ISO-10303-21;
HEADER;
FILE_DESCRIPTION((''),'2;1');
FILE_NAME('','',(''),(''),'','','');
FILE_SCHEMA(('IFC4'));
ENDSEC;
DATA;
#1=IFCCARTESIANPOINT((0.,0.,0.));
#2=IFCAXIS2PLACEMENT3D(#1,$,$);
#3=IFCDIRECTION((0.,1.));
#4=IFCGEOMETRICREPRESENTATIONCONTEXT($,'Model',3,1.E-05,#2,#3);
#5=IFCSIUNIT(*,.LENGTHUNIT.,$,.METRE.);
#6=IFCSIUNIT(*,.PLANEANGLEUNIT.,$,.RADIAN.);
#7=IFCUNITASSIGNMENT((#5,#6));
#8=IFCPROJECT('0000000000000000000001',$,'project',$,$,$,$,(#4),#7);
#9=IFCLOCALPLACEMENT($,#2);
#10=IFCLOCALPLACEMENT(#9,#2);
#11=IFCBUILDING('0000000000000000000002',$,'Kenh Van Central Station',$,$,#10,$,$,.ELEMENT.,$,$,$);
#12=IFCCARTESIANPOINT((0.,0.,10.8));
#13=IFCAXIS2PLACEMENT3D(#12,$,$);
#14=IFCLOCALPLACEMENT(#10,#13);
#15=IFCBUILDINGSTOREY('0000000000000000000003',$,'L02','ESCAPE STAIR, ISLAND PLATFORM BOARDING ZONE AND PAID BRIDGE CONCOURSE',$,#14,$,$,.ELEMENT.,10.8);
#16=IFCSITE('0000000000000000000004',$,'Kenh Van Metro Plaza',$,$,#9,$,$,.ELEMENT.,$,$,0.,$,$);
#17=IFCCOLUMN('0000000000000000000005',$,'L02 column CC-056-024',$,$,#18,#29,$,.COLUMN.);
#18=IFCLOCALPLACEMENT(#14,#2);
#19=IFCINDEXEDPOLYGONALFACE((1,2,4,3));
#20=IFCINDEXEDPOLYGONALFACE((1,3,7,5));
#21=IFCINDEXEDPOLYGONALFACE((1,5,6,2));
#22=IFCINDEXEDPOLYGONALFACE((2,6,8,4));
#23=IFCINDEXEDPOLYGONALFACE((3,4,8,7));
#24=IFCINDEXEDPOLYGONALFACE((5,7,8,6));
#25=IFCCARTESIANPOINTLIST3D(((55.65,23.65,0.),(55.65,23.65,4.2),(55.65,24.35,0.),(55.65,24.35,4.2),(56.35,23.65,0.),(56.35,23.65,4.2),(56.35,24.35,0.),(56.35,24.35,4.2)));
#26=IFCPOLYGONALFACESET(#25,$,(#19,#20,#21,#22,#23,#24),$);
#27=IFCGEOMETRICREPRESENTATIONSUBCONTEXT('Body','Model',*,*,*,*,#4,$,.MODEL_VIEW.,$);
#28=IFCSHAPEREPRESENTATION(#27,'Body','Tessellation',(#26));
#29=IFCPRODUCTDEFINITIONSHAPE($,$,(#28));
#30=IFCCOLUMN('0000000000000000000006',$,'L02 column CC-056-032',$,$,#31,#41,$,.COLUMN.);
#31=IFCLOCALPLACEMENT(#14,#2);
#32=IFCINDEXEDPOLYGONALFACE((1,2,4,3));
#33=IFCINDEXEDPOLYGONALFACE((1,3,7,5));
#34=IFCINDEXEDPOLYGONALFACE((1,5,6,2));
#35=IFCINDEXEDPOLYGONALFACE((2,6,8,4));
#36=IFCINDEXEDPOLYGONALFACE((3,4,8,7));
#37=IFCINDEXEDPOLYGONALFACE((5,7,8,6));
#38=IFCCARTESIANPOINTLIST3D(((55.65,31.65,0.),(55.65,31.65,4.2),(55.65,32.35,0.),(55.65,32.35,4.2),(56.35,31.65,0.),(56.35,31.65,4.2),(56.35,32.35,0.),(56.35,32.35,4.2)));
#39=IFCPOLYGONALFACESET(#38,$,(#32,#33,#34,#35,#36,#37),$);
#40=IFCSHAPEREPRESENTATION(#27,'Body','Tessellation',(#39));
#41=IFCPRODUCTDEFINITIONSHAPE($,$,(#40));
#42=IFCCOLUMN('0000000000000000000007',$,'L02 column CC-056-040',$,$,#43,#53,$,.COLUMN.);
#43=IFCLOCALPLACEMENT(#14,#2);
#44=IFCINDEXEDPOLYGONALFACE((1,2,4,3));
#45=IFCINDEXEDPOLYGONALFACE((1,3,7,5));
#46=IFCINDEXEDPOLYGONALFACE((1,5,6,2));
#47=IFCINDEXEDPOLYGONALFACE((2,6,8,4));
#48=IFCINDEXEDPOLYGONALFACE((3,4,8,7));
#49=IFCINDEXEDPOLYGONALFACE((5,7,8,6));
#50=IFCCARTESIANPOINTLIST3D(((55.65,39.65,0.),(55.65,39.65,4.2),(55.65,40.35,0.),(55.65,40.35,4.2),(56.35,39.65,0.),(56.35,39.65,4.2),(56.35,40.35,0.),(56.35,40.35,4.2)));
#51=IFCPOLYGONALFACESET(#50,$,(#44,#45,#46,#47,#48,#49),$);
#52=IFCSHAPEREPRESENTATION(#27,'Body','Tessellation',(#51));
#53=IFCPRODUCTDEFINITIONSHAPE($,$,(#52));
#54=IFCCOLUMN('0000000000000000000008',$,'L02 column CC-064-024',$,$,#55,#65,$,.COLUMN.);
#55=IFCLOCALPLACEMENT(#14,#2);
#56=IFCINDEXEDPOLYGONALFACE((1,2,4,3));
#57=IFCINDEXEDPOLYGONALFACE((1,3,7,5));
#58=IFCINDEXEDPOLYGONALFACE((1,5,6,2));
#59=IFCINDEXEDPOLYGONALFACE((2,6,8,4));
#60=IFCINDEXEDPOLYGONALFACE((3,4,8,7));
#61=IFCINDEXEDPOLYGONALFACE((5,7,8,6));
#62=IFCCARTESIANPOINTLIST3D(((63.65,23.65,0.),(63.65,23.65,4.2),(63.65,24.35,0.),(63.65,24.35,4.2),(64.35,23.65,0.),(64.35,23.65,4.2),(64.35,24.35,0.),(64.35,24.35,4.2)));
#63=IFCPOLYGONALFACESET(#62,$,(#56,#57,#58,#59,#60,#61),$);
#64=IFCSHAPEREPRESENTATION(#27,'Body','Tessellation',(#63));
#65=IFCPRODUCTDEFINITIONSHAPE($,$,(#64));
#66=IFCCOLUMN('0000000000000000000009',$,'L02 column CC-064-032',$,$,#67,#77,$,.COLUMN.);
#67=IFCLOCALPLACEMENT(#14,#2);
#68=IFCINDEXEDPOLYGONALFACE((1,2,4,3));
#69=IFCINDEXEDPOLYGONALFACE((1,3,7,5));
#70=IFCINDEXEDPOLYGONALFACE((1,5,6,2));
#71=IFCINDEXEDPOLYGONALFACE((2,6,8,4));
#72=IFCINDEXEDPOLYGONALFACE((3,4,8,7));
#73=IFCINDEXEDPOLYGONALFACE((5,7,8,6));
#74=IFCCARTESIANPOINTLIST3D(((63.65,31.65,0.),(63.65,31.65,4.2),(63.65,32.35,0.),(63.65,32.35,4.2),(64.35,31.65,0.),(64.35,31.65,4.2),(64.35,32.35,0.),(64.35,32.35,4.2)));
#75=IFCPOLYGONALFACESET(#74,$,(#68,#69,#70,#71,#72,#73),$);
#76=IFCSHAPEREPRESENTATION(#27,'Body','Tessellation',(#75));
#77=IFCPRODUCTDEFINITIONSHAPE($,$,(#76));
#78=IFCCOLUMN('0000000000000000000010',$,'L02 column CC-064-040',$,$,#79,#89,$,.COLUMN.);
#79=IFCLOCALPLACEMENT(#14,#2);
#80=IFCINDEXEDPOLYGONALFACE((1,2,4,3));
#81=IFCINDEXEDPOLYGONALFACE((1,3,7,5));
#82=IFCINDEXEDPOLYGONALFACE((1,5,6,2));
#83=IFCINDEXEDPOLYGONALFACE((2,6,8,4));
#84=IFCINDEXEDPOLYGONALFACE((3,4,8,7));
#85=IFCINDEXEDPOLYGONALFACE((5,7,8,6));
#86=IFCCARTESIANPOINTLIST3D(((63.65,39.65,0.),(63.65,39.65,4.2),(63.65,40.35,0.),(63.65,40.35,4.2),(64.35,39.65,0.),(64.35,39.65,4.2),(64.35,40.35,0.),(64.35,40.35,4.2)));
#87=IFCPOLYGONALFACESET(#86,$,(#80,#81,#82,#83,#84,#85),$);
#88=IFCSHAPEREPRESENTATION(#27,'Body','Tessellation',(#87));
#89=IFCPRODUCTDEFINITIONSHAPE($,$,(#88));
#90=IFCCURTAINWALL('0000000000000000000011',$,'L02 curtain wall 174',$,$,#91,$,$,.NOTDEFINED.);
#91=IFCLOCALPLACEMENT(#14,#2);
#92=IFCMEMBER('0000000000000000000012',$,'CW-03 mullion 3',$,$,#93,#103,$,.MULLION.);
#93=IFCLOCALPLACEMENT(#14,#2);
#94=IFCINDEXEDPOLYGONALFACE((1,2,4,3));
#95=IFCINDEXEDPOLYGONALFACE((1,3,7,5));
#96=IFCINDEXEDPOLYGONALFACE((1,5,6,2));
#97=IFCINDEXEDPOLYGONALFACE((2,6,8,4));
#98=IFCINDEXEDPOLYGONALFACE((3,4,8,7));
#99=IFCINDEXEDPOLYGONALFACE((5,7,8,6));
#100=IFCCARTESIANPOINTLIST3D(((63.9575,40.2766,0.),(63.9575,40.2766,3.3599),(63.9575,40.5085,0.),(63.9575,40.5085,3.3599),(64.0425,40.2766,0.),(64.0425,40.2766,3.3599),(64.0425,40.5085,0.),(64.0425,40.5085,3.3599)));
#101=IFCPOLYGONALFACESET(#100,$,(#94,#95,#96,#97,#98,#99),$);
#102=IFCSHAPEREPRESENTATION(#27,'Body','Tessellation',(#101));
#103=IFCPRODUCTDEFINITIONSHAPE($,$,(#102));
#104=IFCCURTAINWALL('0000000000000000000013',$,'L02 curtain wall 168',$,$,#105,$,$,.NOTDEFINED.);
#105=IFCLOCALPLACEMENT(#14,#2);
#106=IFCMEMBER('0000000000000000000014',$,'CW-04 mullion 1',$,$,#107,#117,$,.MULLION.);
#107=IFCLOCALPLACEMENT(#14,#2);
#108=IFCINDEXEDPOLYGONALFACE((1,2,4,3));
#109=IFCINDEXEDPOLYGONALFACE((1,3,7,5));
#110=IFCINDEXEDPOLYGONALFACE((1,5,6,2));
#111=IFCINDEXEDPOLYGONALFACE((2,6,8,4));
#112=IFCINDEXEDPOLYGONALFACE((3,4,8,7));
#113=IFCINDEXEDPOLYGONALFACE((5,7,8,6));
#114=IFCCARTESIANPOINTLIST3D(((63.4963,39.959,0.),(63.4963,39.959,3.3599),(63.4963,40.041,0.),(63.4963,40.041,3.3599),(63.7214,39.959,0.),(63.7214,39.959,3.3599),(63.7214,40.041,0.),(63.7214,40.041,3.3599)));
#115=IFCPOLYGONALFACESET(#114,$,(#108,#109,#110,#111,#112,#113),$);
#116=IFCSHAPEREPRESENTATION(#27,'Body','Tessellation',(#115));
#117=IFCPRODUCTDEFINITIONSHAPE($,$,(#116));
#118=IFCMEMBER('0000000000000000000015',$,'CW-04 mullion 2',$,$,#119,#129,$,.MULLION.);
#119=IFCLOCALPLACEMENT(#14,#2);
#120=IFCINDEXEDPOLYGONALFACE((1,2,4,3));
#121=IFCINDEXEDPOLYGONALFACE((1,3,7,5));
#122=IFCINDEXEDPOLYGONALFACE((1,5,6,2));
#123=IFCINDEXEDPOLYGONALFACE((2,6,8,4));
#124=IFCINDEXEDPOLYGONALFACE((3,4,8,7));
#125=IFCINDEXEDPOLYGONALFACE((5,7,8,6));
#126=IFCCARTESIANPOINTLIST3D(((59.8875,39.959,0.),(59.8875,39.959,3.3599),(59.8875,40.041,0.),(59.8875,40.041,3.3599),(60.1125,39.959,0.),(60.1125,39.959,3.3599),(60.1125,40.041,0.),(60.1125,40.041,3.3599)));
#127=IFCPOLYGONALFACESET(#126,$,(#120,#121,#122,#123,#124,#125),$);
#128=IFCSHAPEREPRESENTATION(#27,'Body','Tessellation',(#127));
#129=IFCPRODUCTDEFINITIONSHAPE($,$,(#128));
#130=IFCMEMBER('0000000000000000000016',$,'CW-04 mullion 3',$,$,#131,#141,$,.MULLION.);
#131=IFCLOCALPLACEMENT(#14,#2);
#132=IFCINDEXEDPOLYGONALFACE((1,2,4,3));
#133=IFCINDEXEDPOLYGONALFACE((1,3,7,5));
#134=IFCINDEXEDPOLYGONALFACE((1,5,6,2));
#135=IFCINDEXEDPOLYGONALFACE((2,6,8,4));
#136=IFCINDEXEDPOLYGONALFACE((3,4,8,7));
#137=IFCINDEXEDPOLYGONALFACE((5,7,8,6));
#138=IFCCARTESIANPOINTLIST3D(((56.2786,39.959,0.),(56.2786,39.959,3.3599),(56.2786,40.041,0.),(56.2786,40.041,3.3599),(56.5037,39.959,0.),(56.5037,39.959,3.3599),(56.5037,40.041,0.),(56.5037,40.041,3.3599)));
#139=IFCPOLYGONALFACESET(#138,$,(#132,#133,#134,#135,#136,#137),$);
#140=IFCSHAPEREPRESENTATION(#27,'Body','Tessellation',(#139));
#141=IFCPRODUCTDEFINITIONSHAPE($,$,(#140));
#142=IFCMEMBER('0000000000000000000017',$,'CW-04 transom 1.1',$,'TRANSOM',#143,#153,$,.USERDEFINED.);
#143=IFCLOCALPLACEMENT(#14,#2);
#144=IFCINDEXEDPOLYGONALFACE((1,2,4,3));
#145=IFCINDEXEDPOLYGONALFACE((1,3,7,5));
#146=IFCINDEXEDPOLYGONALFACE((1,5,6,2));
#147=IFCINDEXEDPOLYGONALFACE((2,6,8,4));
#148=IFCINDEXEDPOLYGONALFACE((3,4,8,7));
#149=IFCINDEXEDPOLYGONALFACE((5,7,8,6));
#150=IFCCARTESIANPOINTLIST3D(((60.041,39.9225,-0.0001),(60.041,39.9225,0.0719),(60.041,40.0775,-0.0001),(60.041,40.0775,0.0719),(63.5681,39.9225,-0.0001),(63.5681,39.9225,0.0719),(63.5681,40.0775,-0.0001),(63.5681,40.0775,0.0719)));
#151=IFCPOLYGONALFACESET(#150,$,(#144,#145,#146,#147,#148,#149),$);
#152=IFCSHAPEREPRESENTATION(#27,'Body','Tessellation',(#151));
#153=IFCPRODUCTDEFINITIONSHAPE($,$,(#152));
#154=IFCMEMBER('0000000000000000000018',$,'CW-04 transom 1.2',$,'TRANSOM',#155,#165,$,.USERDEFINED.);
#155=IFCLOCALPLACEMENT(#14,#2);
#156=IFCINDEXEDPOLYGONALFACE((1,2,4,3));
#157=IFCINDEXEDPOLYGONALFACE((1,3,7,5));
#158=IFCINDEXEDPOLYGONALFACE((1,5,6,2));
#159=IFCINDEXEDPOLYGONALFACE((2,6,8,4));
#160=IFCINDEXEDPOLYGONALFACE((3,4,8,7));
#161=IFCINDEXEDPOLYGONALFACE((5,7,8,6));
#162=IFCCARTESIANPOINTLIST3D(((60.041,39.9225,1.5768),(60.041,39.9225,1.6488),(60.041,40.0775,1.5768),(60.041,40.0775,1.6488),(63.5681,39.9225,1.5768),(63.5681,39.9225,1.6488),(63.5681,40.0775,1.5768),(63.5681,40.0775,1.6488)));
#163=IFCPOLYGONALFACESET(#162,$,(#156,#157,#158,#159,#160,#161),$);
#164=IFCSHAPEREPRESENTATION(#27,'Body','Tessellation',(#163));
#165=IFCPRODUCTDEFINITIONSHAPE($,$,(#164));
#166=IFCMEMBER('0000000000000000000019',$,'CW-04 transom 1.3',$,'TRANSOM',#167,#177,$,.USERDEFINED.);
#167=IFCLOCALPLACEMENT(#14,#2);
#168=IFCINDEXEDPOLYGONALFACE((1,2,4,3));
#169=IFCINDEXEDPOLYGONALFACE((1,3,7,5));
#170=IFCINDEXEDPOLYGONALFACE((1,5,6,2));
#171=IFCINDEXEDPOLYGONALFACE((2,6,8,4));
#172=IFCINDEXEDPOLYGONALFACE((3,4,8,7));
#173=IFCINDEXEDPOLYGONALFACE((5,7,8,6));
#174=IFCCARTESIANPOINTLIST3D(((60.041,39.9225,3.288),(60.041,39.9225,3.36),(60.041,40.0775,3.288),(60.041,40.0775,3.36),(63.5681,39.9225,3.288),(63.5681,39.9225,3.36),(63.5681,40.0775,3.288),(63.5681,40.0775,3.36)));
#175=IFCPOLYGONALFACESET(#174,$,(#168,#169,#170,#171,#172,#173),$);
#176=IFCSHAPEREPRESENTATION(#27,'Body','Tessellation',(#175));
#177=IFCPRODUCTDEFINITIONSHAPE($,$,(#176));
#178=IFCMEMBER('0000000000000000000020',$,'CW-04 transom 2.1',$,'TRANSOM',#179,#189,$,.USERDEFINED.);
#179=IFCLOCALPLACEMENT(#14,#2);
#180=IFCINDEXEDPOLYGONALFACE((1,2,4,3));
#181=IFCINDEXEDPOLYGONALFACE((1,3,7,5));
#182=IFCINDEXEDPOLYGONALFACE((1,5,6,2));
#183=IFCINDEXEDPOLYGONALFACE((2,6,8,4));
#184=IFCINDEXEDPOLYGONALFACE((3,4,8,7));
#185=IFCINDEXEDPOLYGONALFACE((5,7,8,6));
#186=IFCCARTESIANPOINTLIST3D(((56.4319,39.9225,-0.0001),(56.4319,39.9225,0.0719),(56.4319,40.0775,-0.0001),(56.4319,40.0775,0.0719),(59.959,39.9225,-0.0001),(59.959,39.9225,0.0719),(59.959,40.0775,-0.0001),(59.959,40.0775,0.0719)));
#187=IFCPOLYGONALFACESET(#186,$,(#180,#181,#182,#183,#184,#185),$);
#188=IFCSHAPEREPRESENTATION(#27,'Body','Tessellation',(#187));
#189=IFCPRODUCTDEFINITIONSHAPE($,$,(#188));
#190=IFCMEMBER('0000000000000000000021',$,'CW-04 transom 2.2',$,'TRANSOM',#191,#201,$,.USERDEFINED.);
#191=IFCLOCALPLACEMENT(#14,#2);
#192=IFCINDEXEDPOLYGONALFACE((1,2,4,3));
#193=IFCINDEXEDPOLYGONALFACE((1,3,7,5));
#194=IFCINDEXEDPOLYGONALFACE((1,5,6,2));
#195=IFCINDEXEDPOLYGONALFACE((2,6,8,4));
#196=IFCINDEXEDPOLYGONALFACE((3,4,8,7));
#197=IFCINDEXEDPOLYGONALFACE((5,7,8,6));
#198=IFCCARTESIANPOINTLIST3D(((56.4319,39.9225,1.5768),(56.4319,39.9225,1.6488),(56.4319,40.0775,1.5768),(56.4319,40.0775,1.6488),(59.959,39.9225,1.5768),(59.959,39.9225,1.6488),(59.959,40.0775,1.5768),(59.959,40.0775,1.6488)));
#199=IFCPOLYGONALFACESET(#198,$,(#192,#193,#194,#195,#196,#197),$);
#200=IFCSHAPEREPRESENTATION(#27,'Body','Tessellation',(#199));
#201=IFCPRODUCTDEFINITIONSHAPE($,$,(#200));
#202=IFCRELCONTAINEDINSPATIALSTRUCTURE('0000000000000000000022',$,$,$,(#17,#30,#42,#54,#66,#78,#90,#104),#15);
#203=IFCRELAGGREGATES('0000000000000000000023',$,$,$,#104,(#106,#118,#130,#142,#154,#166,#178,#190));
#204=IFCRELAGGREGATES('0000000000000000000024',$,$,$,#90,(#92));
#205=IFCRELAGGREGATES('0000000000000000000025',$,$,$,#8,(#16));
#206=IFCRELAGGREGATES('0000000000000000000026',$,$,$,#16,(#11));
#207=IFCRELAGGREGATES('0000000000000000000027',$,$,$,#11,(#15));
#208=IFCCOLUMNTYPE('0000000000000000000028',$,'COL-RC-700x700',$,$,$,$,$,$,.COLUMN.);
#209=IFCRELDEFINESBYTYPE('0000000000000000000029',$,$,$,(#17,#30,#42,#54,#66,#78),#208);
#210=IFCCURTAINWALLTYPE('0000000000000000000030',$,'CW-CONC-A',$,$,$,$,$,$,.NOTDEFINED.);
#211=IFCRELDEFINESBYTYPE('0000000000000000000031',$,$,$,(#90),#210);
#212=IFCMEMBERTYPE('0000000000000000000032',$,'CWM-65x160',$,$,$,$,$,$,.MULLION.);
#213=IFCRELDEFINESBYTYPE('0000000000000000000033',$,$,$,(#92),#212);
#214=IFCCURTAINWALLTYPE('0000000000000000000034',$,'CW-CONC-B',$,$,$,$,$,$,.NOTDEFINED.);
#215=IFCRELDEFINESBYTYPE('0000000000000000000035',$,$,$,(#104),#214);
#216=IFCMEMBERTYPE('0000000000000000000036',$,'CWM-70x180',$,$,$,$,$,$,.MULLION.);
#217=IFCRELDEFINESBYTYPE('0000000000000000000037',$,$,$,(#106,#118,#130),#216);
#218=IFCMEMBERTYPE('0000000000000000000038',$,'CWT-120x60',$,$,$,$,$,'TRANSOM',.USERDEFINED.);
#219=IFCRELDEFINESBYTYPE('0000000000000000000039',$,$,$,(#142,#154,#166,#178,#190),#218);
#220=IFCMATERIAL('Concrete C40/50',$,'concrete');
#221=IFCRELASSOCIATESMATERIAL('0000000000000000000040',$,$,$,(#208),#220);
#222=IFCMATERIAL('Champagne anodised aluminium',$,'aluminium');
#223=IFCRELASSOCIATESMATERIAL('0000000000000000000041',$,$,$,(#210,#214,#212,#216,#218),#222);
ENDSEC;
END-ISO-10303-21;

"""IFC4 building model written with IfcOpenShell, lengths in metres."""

from ifc_helpers import new_model, si_unit, direction, frame, origin, origin_2d, place, context, subcontext, project, spatial, rectangle, extrude, material, material_profile, profile_set, type_object, element, aggregate, save


model = new_model("IFC4")

# Units and contexts
model_context = context("Model", 3, precision=1e-05, world=origin(), true_north=direction((0.0, 1.0)))
body_context = subcontext(model_context, "Body", "Model", "MODEL_VIEW")
ifc_project = project(units=[si_unit("LENGTHUNIT", "METRE"), si_unit("PLANEANGLEUNIT", "RADIAN")], contexts=[model_context])

# Site, building, storey
site_placement = place(None, origin())
site = spatial("IfcSite", under=ifc_project, at=site_placement, Name="Kenh Van Metro Plaza", CompositionType="ELEMENT", RefElevation=0.0)
building_placement = place(site_placement, origin())
building = spatial("IfcBuilding", under=site, at=building_placement, Name="Kenh Van Central Station", CompositionType="ELEMENT")
storey_placement = place(building_placement, frame((0.0, 0.0, 10.8)))
storey = spatial("IfcBuildingStorey", under=building, at=storey_placement, Name="L02", Description="ESCAPE STAIR, ISLAND PLATFORM BOARDING ZONE AND PAID BRIDGE CONCOURSE", CompositionType="ELEMENT", Elevation=10.8)

# Columns
ifc_material_1 = material(Name="Concrete C40/50", Category="concrete")
ifc_material_profile_1 = material_profile(ifc_material_1, rectangle(XDim=0.7, YDim=0.7, at=origin_2d()), Name="RC 700x700")
ifc_profile_set_1 = profile_set([ifc_material_profile_1], Name="Concrete C40/50")
column_type = type_object("IfcColumnType", Name="COL-RC-700x700", PredefinedType="COLUMN", material=ifc_profile_set_1)
for number, where, z_axis, x_axis, name in (
    (1, (56.0, 24.0, 0.0), (0.0, 0.0, 1.0), (1.0, 0.0, 0.0), "L02 column CC-056-024"),
    (2, (56.0, 32.0, 0.0), (0.0, 0.0, 1.0), (1.0, 0.0, 0.0), "L02 column CC-056-032"),
    (3, (56.0, 40.0, 0.0), (0.0, 0.0, 1.0), (1.0, 0.0, 0.0), "L02 column CC-056-040"),
    (4, (64.0, 24.0, 0.0), (0.0, 0.0, 1.0), (1.0, 0.0, 0.0), "L02 column CC-064-024"),
    (5, (64.0, 32.0, 0.0), (0.0, 0.0, 1.0), (1.0, 0.0, 0.0), "L02 column CC-064-032"),
    (6, (64.0, 40.0, 0.0), (0.0, 0.0, 1.0), (1.0, 0.0, 0.0), "L02 column CC-064-040"),
):
    element("IfcColumn", number, at=place(storey_placement, frame(where, z_axis=z_axis, x_axis=x_axis)), inside=storey, type_object=column_type, Name=name, PredefinedType="COLUMN", context=body_context, shape_type="SweptSolid", body=[
        extrude(rectangle(XDim=0.7, YDim=0.7, at=origin_2d()), origin(), (0.0, 0.0, 1.0), 4.2),
    ])

# Curtain wall, member
ifc_material_2 = material(Name="Champagne anodised aluminium", Category="aluminium")
curtain_wall_type_1 = type_object("IfcCurtainWallType", Name="CW-CONC-A", PredefinedType="NOTDEFINED", material=ifc_material_2)
curtain_wall_1_placement = place(storey_placement, origin())
curtain_wall_1 = element("IfcCurtainWall", 7, at=curtain_wall_1_placement, inside=storey, type_object=curtain_wall_type_1, Name="L02 curtain wall 174", PredefinedType="NOTDEFINED")
ifc_material_profile_2 = material_profile(ifc_material_2, rectangle(XDim=0.085, YDim=0.2319, at=origin_2d()), Name="AL 85x232")
ifc_profile_set_2 = profile_set([ifc_material_profile_2], Name="Champagne anodised aluminium")
member_type_1 = type_object("IfcMemberType", Name="CWM-65x160", PredefinedType="MULLION", material=ifc_profile_set_2)
member_1_placement = place(storey_placement, frame((64.0, 40.3926, 0.0), z_axis=(0.0, 0.0, 1.0), x_axis=(1.0, 0.0, 0.0)))
member_1 = element("IfcMember", 8, at=member_1_placement, type_object=member_type_1, Name="CW-03 mullion 3", PredefinedType="MULLION", context=body_context, shape_type="SweptSolid", body=[
    extrude(rectangle(XDim=0.085, YDim=0.2319, at=origin_2d()), origin(), (0.0, 0.0, 1.0), 3.3599),
])

# Curtain wall, members
curtain_wall_type_2 = type_object("IfcCurtainWallType", Name="CW-CONC-B", PredefinedType="NOTDEFINED", material=ifc_material_2)
curtain_wall_2_placement = place(storey_placement, origin())
curtain_wall_2 = element("IfcCurtainWall", 9, at=curtain_wall_2_placement, inside=storey, type_object=curtain_wall_type_2, Name="L02 curtain wall 168", PredefinedType="NOTDEFINED")
ifc_material_profile_3 = material_profile(ifc_material_2, rectangle(XDim=0.082, YDim=0.2251, at=origin_2d()), Name="AL 82x225")
ifc_profile_set_3 = profile_set([ifc_material_profile_3], Name="Champagne anodised aluminium")
member_type_2 = type_object("IfcMemberType", Name="CWM-70x180", PredefinedType="MULLION", material=ifc_profile_set_3)
member_2_placement = place(storey_placement, frame((63.6089, 40.0, 0.0), z_axis=(0.0, 0.0, 1.0), x_axis=(0.0, -1.0, 0.0)))
member_2 = element("IfcMember", 10, at=member_2_placement, type_object=member_type_2, Name="CW-04 mullion 1", PredefinedType="MULLION", context=body_context, shape_type="SweptSolid", body=[
    extrude(rectangle(XDim=0.082, YDim=0.2251, at=origin_2d()), origin(), (0.0, 0.0, 1.0), 3.3599),
])
member_3_placement = place(storey_placement, frame((60.0, 40.0, 0.0), z_axis=(0.0, 0.0, 1.0), x_axis=(0.0, -1.0, 0.0)))
member_3 = element("IfcMember", 11, at=member_3_placement, type_object=member_type_2, Name="CW-04 mullion 2", PredefinedType="MULLION", context=body_context, shape_type="SweptSolid", body=[
    extrude(rectangle(XDim=0.082, YDim=0.2251, at=origin_2d()), origin(), (0.0, 0.0, 1.0), 3.3599),
])
member_4_placement = place(storey_placement, frame((56.3911, 40.0, 0.0), z_axis=(0.0, 0.0, 1.0), x_axis=(0.0, -1.0, 0.0)))
member_4 = element("IfcMember", 12, at=member_4_placement, type_object=member_type_2, Name="CW-04 mullion 3", PredefinedType="MULLION", context=body_context, shape_type="SweptSolid", body=[
    extrude(rectangle(XDim=0.082, YDim=0.2251, at=origin_2d()), origin(), (0.0, 0.0, 1.0), 3.3599),
])
ifc_material_profile_4 = material_profile(ifc_material_2, rectangle(XDim=0.155, YDim=0.072, at=origin_2d()), Name="AL 155x72")
ifc_profile_set_4 = profile_set([ifc_material_profile_4], Name="Champagne anodised aluminium")
member_type_3 = type_object("IfcMemberType", Name="CWT-120x60", ElementType="TRANSOM", PredefinedType="USERDEFINED", material=ifc_profile_set_4)
member_5_placement = place(storey_placement, frame((63.5681, 40.0, 0.0359), z_axis=(-1.0, 0.0, 0.0), x_axis=(0.0, -1.0, 0.0)))
member_5 = element("IfcMember", 13, at=member_5_placement, type_object=member_type_3, Name="CW-04 transom 1.1", ObjectType="TRANSOM", PredefinedType="USERDEFINED", context=body_context, shape_type="SweptSolid", body=[
    extrude(rectangle(XDim=0.155, YDim=0.072, at=origin_2d()), origin(), (0.0, 0.0, 1.0), 3.5271),
])
member_6_placement = place(storey_placement, frame((63.5681, 40.0, 1.6128), z_axis=(-1.0, 0.0, 0.0), x_axis=(0.0, -1.0, 0.0)))
member_6 = element("IfcMember", 14, at=member_6_placement, type_object=member_type_3, Name="CW-04 transom 1.2", ObjectType="TRANSOM", PredefinedType="USERDEFINED", context=body_context, shape_type="SweptSolid", body=[
    extrude(rectangle(XDim=0.155, YDim=0.072, at=origin_2d()), origin(), (0.0, 0.0, 1.0), 3.5271),
])
member_7_placement = place(storey_placement, frame((63.5681, 40.0, 3.324), z_axis=(-1.0, 0.0, 0.0), x_axis=(0.0, -1.0, 0.0)))
member_7 = element("IfcMember", 15, at=member_7_placement, type_object=member_type_3, Name="CW-04 transom 1.3", ObjectType="TRANSOM", PredefinedType="USERDEFINED", context=body_context, shape_type="SweptSolid", body=[
    extrude(rectangle(XDim=0.155, YDim=0.072, at=origin_2d()), origin(), (0.0, 0.0, 1.0), 3.5271),
])
member_8_placement = place(storey_placement, frame((59.959, 40.0, 0.0359), z_axis=(-1.0, 0.0, 0.0), x_axis=(0.0, -1.0, 0.0)))
member_8 = element("IfcMember", 16, at=member_8_placement, type_object=member_type_3, Name="CW-04 transom 2.1", ObjectType="TRANSOM", PredefinedType="USERDEFINED", context=body_context, shape_type="SweptSolid", body=[
    extrude(rectangle(XDim=0.155, YDim=0.072, at=origin_2d()), origin(), (0.0, 0.0, 1.0), 3.5271),
])
member_9_placement = place(storey_placement, frame((59.959, 40.0, 1.6128), z_axis=(-1.0, 0.0, 0.0), x_axis=(0.0, -1.0, 0.0)))
member_9 = element("IfcMember", 17, at=member_9_placement, type_object=member_type_3, Name="CW-04 transom 2.2", ObjectType="TRANSOM", PredefinedType="USERDEFINED", context=body_context, shape_type="SweptSolid", body=[
    extrude(rectangle(XDim=0.155, YDim=0.072, at=origin_2d()), origin(), (0.0, 0.0, 1.0), 3.5271),
])

aggregate(curtain_wall_2, [member_2, member_3, member_4, member_5, member_6, member_7, member_8, member_9])
aggregate(curtain_wall_1, [member_1])

save(model, "model.ifc")
